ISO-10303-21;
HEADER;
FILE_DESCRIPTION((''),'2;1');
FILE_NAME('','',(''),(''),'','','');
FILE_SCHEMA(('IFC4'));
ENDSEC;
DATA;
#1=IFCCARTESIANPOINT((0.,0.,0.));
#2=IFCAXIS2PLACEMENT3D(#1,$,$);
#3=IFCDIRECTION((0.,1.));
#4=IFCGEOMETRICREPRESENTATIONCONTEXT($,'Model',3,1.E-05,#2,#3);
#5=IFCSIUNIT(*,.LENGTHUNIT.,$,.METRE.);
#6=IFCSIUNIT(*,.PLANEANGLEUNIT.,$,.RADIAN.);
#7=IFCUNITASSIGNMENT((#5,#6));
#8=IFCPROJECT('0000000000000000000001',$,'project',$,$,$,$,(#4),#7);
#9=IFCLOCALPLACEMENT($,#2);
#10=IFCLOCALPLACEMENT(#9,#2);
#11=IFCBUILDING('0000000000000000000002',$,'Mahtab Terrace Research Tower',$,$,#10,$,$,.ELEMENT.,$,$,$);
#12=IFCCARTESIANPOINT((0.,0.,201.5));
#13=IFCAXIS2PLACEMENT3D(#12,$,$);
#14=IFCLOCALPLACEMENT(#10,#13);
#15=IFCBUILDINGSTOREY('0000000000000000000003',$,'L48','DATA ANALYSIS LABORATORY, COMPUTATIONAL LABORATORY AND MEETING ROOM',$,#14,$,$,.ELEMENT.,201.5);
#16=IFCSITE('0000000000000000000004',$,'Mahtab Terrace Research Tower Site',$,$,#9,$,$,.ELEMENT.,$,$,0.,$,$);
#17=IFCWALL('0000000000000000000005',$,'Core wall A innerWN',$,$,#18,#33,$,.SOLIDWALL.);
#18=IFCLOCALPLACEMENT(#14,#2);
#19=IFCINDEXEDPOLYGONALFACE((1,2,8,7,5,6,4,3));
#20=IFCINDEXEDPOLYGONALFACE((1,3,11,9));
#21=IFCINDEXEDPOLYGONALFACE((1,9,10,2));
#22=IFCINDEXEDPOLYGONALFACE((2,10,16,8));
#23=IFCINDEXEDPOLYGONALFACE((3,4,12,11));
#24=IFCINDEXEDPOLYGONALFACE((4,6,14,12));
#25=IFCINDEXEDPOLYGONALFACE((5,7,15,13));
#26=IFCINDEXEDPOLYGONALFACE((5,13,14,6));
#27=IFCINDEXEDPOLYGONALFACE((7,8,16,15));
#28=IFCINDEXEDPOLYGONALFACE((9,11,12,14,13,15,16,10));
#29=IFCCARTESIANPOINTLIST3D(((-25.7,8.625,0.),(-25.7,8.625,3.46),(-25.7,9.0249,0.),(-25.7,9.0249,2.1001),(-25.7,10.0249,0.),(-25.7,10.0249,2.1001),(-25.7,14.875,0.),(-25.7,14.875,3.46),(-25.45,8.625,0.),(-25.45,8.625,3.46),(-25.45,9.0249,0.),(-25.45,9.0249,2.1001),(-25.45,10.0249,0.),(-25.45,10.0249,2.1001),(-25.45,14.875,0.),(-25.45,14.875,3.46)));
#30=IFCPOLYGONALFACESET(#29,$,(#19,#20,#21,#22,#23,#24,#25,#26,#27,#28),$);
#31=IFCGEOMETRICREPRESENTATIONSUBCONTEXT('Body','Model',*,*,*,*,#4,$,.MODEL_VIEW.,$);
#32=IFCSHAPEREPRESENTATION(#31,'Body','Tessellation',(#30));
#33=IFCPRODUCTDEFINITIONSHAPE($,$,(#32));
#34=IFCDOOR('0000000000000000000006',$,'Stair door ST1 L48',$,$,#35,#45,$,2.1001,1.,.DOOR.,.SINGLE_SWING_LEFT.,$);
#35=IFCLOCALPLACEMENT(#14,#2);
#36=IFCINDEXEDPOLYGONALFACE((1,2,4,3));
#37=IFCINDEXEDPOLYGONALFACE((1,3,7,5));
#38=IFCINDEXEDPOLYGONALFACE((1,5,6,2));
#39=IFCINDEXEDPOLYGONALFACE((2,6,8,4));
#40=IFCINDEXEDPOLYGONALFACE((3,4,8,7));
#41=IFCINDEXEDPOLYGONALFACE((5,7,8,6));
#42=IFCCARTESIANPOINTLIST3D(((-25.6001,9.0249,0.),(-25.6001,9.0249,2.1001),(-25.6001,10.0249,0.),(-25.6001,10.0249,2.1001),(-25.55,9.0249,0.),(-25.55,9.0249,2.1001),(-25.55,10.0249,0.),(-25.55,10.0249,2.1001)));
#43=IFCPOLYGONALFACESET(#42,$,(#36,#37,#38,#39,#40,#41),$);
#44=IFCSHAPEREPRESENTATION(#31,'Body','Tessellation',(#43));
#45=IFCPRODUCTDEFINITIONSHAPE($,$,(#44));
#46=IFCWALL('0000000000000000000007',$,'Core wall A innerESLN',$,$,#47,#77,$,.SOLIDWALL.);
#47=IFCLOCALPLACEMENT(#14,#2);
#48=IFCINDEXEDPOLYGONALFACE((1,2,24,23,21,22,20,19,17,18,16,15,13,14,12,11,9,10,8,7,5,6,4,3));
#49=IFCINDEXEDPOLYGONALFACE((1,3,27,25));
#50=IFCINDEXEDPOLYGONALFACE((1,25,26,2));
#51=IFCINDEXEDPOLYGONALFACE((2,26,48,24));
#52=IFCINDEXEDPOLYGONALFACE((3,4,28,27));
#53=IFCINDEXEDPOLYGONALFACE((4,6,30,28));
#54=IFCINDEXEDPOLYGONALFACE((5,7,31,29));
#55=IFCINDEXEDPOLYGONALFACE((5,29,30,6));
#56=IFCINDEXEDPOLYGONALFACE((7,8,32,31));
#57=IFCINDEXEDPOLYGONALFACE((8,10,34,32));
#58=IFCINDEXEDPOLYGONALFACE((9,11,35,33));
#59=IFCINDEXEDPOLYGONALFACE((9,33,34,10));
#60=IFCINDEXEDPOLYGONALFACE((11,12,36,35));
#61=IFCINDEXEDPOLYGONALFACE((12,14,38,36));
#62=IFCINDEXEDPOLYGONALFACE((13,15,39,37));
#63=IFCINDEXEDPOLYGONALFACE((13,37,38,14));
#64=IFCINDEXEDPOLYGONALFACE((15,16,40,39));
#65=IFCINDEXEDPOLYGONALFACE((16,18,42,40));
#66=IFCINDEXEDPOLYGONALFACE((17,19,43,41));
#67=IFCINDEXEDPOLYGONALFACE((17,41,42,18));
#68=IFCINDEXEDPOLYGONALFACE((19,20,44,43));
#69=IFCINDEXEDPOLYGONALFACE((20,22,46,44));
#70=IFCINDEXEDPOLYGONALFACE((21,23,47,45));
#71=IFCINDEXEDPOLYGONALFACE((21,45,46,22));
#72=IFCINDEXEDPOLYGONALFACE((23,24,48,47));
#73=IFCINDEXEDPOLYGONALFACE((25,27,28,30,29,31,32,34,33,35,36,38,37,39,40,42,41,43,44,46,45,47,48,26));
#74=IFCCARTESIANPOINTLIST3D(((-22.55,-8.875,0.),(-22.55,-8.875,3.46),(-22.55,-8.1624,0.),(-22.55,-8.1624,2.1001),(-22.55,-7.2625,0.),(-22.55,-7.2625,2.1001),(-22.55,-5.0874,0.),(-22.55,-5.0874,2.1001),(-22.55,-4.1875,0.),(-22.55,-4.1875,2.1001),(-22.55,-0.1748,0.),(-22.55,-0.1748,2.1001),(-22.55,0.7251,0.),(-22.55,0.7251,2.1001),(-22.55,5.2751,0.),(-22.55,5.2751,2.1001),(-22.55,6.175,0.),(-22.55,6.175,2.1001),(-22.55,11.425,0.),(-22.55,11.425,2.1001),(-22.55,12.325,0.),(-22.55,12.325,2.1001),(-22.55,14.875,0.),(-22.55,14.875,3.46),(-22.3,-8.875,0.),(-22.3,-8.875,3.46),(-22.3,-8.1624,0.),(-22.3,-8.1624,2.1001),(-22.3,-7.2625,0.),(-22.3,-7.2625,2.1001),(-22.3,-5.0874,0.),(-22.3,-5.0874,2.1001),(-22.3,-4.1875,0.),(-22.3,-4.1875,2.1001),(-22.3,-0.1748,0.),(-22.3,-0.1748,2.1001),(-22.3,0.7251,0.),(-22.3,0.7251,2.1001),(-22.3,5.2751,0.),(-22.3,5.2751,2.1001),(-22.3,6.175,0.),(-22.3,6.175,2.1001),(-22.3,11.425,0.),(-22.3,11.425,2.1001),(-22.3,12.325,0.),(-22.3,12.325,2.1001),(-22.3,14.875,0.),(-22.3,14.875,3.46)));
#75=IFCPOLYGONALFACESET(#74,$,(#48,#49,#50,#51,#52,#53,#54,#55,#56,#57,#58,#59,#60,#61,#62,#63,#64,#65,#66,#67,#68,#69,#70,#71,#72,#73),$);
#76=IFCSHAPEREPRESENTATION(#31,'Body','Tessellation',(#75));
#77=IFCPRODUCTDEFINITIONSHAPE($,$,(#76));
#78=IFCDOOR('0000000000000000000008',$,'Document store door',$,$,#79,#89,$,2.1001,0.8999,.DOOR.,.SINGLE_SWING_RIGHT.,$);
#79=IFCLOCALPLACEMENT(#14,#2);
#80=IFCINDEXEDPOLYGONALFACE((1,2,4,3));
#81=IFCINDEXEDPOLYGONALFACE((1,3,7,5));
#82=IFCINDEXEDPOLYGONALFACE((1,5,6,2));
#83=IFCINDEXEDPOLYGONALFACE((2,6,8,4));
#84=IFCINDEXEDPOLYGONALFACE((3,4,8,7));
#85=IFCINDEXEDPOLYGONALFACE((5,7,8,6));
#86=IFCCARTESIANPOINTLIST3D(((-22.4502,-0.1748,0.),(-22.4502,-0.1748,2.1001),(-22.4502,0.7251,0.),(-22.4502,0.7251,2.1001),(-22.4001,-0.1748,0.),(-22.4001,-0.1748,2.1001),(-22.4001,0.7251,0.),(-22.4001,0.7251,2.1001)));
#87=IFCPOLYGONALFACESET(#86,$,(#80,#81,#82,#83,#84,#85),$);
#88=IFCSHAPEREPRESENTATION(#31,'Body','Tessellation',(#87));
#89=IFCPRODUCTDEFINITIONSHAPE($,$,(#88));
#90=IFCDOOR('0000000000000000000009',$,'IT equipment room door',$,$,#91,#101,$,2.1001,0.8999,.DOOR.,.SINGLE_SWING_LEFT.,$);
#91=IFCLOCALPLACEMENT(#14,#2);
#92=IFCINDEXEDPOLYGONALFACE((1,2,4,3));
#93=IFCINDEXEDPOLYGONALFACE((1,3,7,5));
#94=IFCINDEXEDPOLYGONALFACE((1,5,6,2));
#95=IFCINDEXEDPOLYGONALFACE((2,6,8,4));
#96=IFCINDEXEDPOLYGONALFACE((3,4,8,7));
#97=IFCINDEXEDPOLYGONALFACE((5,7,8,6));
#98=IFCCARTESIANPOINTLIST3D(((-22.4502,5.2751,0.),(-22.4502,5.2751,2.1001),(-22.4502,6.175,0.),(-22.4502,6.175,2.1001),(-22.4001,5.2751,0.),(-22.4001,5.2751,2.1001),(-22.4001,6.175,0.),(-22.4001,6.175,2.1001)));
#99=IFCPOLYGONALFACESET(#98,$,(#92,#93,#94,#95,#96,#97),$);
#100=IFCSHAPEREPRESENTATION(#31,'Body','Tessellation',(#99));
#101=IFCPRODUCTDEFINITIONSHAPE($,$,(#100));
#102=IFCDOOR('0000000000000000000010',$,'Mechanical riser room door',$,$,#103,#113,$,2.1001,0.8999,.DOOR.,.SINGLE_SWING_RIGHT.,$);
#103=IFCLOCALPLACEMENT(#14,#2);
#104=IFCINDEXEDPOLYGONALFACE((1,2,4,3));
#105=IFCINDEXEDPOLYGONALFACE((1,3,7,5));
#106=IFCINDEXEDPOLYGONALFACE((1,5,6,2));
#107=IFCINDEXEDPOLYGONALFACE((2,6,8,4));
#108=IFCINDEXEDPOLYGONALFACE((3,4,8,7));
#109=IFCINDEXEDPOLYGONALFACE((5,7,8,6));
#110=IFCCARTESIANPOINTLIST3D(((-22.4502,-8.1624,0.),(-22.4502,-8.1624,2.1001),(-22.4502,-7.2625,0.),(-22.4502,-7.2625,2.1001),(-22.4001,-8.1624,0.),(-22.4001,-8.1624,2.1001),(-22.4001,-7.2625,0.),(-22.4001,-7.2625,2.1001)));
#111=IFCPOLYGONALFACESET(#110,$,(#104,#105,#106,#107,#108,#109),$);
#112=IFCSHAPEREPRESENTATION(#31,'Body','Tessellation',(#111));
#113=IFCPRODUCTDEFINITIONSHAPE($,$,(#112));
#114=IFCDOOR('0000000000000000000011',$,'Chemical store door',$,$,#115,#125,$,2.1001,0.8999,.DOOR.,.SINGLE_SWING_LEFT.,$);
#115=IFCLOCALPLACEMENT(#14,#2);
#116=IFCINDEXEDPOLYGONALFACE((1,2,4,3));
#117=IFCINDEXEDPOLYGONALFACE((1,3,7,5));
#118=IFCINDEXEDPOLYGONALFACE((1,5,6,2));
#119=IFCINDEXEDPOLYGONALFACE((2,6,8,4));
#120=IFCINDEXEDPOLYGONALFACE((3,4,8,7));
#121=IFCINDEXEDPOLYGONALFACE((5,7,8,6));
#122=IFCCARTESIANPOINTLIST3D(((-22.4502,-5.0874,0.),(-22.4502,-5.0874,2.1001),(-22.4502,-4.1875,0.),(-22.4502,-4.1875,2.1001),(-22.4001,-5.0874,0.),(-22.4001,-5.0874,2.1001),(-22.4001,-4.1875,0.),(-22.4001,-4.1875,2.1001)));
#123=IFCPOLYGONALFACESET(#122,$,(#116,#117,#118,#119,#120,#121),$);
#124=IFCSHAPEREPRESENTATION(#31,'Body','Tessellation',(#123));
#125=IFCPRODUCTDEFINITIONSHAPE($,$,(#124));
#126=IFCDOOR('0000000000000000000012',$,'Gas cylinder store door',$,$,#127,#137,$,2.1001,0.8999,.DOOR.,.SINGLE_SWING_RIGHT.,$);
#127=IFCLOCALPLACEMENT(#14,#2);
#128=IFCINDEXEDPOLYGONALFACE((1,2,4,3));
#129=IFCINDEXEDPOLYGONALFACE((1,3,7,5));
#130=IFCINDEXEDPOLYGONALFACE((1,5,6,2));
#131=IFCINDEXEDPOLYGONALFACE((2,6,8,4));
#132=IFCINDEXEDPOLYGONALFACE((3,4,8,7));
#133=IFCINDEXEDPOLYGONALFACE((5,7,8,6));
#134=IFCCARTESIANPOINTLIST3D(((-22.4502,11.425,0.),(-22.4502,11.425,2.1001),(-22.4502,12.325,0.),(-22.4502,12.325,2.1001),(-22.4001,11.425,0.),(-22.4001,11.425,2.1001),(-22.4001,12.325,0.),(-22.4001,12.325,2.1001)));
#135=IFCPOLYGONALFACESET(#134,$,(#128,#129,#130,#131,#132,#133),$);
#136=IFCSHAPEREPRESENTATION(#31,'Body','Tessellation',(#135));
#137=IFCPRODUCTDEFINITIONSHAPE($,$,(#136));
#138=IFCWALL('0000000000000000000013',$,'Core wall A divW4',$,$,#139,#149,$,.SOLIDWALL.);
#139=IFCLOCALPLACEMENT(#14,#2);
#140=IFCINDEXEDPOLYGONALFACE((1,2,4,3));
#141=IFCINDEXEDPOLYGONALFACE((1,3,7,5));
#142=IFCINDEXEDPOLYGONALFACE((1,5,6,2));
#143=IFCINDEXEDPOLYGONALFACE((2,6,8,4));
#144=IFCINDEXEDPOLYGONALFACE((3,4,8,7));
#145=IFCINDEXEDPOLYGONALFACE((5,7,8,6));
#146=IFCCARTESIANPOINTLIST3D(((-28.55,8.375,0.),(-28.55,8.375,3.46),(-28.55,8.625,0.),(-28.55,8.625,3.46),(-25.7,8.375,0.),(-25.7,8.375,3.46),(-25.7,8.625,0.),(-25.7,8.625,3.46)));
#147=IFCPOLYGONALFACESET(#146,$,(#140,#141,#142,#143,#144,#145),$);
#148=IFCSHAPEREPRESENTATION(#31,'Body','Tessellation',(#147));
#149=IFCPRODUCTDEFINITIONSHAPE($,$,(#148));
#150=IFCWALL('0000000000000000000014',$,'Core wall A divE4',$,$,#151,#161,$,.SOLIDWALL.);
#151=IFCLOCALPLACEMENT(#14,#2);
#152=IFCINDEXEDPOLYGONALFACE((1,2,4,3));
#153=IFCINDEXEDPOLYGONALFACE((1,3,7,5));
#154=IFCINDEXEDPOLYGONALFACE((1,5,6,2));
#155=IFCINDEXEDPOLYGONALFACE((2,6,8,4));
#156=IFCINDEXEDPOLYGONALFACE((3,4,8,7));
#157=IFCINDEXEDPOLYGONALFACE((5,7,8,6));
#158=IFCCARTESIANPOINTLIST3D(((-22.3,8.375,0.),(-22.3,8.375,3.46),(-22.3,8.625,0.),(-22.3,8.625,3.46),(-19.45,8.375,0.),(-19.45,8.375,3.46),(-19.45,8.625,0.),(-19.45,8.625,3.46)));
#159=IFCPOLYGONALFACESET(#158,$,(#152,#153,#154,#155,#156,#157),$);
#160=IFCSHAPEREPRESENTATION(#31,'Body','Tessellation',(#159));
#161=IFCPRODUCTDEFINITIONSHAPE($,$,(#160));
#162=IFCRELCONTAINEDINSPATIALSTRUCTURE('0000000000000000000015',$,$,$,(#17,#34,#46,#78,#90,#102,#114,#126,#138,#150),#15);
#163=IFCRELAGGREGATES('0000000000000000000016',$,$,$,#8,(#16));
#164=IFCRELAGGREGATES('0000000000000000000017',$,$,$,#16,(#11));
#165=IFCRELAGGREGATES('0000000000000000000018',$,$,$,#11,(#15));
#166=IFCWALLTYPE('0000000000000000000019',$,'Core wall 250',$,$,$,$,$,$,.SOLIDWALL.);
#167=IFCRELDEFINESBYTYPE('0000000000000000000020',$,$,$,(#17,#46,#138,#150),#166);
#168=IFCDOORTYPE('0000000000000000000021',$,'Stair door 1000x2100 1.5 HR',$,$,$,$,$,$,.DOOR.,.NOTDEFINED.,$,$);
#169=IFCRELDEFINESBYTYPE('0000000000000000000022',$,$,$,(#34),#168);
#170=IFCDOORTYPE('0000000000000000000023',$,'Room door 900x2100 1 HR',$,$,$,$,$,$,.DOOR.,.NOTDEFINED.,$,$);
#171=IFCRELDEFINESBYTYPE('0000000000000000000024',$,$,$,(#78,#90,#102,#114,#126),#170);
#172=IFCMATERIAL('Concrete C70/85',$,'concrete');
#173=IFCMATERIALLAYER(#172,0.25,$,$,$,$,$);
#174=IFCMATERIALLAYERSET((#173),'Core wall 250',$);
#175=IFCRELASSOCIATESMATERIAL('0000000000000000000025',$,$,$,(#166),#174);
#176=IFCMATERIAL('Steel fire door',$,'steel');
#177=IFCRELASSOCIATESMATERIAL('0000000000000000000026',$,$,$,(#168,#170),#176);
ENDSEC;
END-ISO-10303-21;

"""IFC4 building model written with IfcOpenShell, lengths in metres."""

from ifc_helpers import new_model, si_unit, direction, frame, frame_2d, origin, place, context, subcontext, project, spatial, rectangle, extrude, material, layer, layer_set, type_object, element, fill, save


model = new_model("IFC4")

# Units and contexts
model_context = context("Model", 3, precision=1e-05, world=origin(), true_north=direction((0.0, 1.0)))
body_context = subcontext(model_context, "Body", "Model", "MODEL_VIEW")
ifc_project = project(units=[si_unit("LENGTHUNIT", "METRE"), si_unit("PLANEANGLEUNIT", "RADIAN")], contexts=[model_context])

# Site, building, storey
site_placement = place(None, origin())
site = spatial("IfcSite", under=ifc_project, at=site_placement, Name="Mahtab Terrace Research Tower Site", CompositionType="ELEMENT", RefElevation=0.0)
building_placement = place(site_placement, origin())
building = spatial("IfcBuilding", under=site, at=building_placement, Name="Mahtab Terrace Research Tower", CompositionType="ELEMENT")
storey_placement = place(building_placement, frame((0.0, 0.0, 201.5)))
storey = spatial("IfcBuildingStorey", under=building, at=storey_placement, Name="L48", Description="DATA ANALYSIS LABORATORY, COMPUTATIONAL LABORATORY AND MEETING ROOM", CompositionType="ELEMENT", Elevation=201.5)

# Shared definitions
ifc_material_1 = material(Name="Concrete C70/85", Category="concrete")

# Shared definitions
ifc_layer_1 = layer(ifc_material_1, 0.25)
ifc_layer_set_1 = layer_set([ifc_layer_1], Name="Core wall 250")
wall_type_1 = type_object("IfcWallType", Name="Core wall 250", PredefinedType="SOLIDWALL", material=ifc_layer_set_1)

# Wall, opening, door
ifc_material_2 = material(Name="Steel fire door", Category="steel")
wall_1_placement = place(storey_placement, frame((-25.575, 14.875, 0.0), z_axis=(0.0, 0.0, 1.0), x_axis=(0.0, -1.0, 0.0)))
wall_1 = element("IfcWall", 1, at=wall_1_placement, inside=storey, type_object=wall_type_1, Name="Core wall A innerWN", PredefinedType="SOLIDWALL", context=body_context, shape_type="SweptSolid", body=[
    extrude(rectangle(XDim=6.25, YDim=0.25, at=frame_2d((3.125, 0.0))), origin(), (0.0, 0.0, 1.0), 3.46),
])
opening_1_placement = place(wall_1_placement, frame((4.8501, 0.0, 0.0)))
opening_1 = element("IfcOpeningElement", 2, at=opening_1_placement, cuts=wall_1, PredefinedType="OPENING", context=body_context, shape_type="SweptSolid", body=[
    extrude(rectangle(XDim=1.0, YDim=2.1001, at=frame_2d((0.5, 1.05))), frame((0.0, 0.135, 0.0), z_axis=(0.0, -1.0, 0.0), x_axis=(1.0, 0.0, 0.0)), (0.0, 0.0, 1.0), 0.27),
])
door_type_1 = type_object("IfcDoorType", Name="Stair door 1000x2100 1.5 HR", OperationType="NOTDEFINED", PredefinedType="DOOR", material=ifc_material_2)
door_1_placement = place(opening_1_placement, origin())
door_1 = element("IfcDoor", 3, at=door_1_placement, inside=storey, type_object=door_type_1, Name="Stair door ST1 L48", OperationType="SINGLE_SWING_LEFT", OverallHeight=2.1001, OverallWidth=1.0, PredefinedType="DOOR", context=body_context, shape_type="SweptSolid", body=[
    extrude(rectangle(XDim=1.0, YDim=2.1001, at=frame_2d((0.5, 1.05))), frame((0.0, 0.0249, 0.0), z_axis=(0.0, -1.0, 0.0), x_axis=(1.0, 0.0, 0.0)), (0.0, 0.0, 1.0), 0.05),
])
fill(opening_1, door_1)

# Wall, openings, doors
wall_2_placement = place(storey_placement, frame((-22.425, 14.875, 0.0), z_axis=(0.0, 0.0, 1.0), x_axis=(0.0, -1.0, 0.0)))
wall_2 = element("IfcWall", 4, at=wall_2_placement, inside=storey, type_object=wall_type_1, Name="Core wall A innerESLN", PredefinedType="SOLIDWALL", context=body_context, shape_type="SweptSolid", body=[
    extrude(rectangle(XDim=23.75, YDim=0.25, at=frame_2d((11.875, 0.0))), origin(), (0.0, 0.0, 1.0), 3.46),
])
opening_2_placement = place(wall_2_placement, frame((14.1499, 0.0, 0.0)))
opening_2 = element("IfcOpeningElement", 5, at=opening_2_placement, cuts=wall_2, PredefinedType="OPENING", context=body_context, shape_type="SweptSolid", body=[
    extrude(rectangle(XDim=0.8999, YDim=2.1001, at=frame_2d((0.45, 1.05))), frame((0.0, 0.135, 0.0), z_axis=(0.0, -1.0, 0.0), x_axis=(1.0, 0.0, 0.0)), (0.0, 0.0, 1.0), 0.27),
])
opening_3_placement = place(wall_2_placement, frame((8.7, 0.0, 0.0)))
opening_3 = element("IfcOpeningElement", 6, at=opening_3_placement, cuts=wall_2, PredefinedType="OPENING", context=body_context, shape_type="SweptSolid", body=[
    extrude(rectangle(XDim=0.8999, YDim=2.1001, at=frame_2d((0.45, 1.05))), frame((0.0, 0.135, 0.0), z_axis=(0.0, -1.0, 0.0), x_axis=(1.0, 0.0, 0.0)), (0.0, 0.0, 1.0), 0.27),
])
opening_4_placement = place(wall_2_placement, frame((22.1375, 0.0, 0.0)))
opening_4 = element("IfcOpeningElement", 7, at=opening_4_placement, cuts=wall_2, PredefinedType="OPENING", context=body_context, shape_type="SweptSolid", body=[
    extrude(rectangle(XDim=0.8999, YDim=2.1001, at=frame_2d((0.45, 1.05))), frame((0.0, 0.135, 0.0), z_axis=(0.0, -1.0, 0.0), x_axis=(1.0, 0.0, 0.0)), (0.0, 0.0, 1.0), 0.27),
])
opening_5_placement = place(wall_2_placement, frame((19.0625, 0.0, 0.0)))
opening_5 = element("IfcOpeningElement", 8, at=opening_5_placement, cuts=wall_2, PredefinedType="OPENING", context=body_context, shape_type="SweptSolid", body=[
    extrude(rectangle(XDim=0.8999, YDim=2.1001, at=frame_2d((0.45, 1.05))), frame((0.0, 0.135, 0.0), z_axis=(0.0, -1.0, 0.0), x_axis=(1.0, 0.0, 0.0)), (0.0, 0.0, 1.0), 0.27),
])
opening_6_placement = place(wall_2_placement, frame((2.55, 0.0, 0.0)))
opening_6 = element("IfcOpeningElement", 9, at=opening_6_placement, cuts=wall_2, PredefinedType="OPENING", context=body_context, shape_type="SweptSolid", body=[
    extrude(rectangle(XDim=0.8999, YDim=2.1001, at=frame_2d((0.45, 1.05))), frame((0.0, 0.135, 0.0), z_axis=(0.0, -1.0, 0.0), x_axis=(1.0, 0.0, 0.0)), (0.0, 0.0, 1.0), 0.27),
])
door_type_2 = type_object("IfcDoorType", Name="Room door 900x2100 1 HR", OperationType="NOTDEFINED", PredefinedType="DOOR", material=ifc_material_2)
door_2_placement = place(opening_2_placement, origin())
door_2 = element("IfcDoor", 10, at=door_2_placement, inside=storey, type_object=door_type_2, Name="Document store door", OperationType="SINGLE_SWING_RIGHT", OverallHeight=2.1001, OverallWidth=0.8999, PredefinedType="DOOR", context=body_context, shape_type="SweptSolid", body=[
    extrude(rectangle(XDim=0.8999, YDim=2.1001, at=frame_2d((0.45, 1.05))), frame((0.0, 0.0249, 0.0), z_axis=(0.0, -1.0, 0.0), x_axis=(1.0, 0.0, 0.0)), (0.0, 0.0, 1.0), 0.05),
])
fill(opening_2, door_2)
door_3_placement = place(opening_3_placement, origin())
door_3 = element("IfcDoor", 11, at=door_3_placement, inside=storey, type_object=door_type_2, Name="IT equipment room door", OperationType="SINGLE_SWING_LEFT", OverallHeight=2.1001, OverallWidth=0.8999, PredefinedType="DOOR", context=body_context, shape_type="SweptSolid", body=[
    extrude(rectangle(XDim=0.8999, YDim=2.1001, at=frame_2d((0.45, 1.05))), frame((0.0, 0.0249, 0.0), z_axis=(0.0, -1.0, 0.0), x_axis=(1.0, 0.0, 0.0)), (0.0, 0.0, 1.0), 0.05),
])
fill(opening_3, door_3)
door_4_placement = place(opening_4_placement, origin())
door_4 = element("IfcDoor", 12, at=door_4_placement, inside=storey, type_object=door_type_2, Name="Mechanical riser room door", OperationType="SINGLE_SWING_RIGHT", OverallHeight=2.1001, OverallWidth=0.8999, PredefinedType="DOOR", context=body_context, shape_type="SweptSolid", body=[
    extrude(rectangle(XDim=0.8999, YDim=2.1001, at=frame_2d((0.45, 1.05))), frame((0.0, 0.0249, 0.0), z_axis=(0.0, -1.0, 0.0), x_axis=(1.0, 0.0, 0.0)), (0.0, 0.0, 1.0), 0.05),
])
fill(opening_4, door_4)
door_5_placement = place(opening_5_placement, origin())
door_5 = element("IfcDoor", 13, at=door_5_placement, inside=storey, type_object=door_type_2, Name="Chemical store door", OperationType="SINGLE_SWING_LEFT", OverallHeight=2.1001, OverallWidth=0.8999, PredefinedType="DOOR", context=body_context, shape_type="SweptSolid", body=[
    extrude(rectangle(XDim=0.8999, YDim=2.1001, at=frame_2d((0.45, 1.05))), frame((0.0, 0.0249, 0.0), z_axis=(0.0, -1.0, 0.0), x_axis=(1.0, 0.0, 0.0)), (0.0, 0.0, 1.0), 0.05),
])
fill(opening_5, door_5)
door_6_placement = place(opening_6_placement, origin())
door_6 = element("IfcDoor", 14, at=door_6_placement, inside=storey, type_object=door_type_2, Name="Gas cylinder store door", OperationType="SINGLE_SWING_RIGHT", OverallHeight=2.1001, OverallWidth=0.8999, PredefinedType="DOOR", context=body_context, shape_type="SweptSolid", body=[
    extrude(rectangle(XDim=0.8999, YDim=2.1001, at=frame_2d((0.45, 1.05))), frame((0.0, 0.0249, 0.0), z_axis=(0.0, -1.0, 0.0), x_axis=(1.0, 0.0, 0.0)), (0.0, 0.0, 1.0), 0.05),
])
fill(opening_6, door_6)

# Walls
for number, where, z_axis, x_axis, name in (
    (15, (-28.55, 8.5, 0.0), (0.0, 0.0, 1.0), (1.0, 0.0, 0.0), "Core wall A divW4"),
    (16, (-22.3, 8.5, 0.0), (0.0, 0.0, 1.0), (1.0, 0.0, 0.0), "Core wall A divE4"),
):
    element("IfcWall", number, at=place(storey_placement, frame(where, z_axis=z_axis, x_axis=x_axis)), inside=storey, type_object=wall_type_1, Name=name, PredefinedType="SOLIDWALL", context=body_context, shape_type="SweptSolid", body=[
        extrude(rectangle(XDim=2.8501, YDim=0.25, at=frame_2d((1.425, 0.0))), origin(), (0.0, 0.0, 1.0), 3.46),
    ])

save(model, "model.ifc")
